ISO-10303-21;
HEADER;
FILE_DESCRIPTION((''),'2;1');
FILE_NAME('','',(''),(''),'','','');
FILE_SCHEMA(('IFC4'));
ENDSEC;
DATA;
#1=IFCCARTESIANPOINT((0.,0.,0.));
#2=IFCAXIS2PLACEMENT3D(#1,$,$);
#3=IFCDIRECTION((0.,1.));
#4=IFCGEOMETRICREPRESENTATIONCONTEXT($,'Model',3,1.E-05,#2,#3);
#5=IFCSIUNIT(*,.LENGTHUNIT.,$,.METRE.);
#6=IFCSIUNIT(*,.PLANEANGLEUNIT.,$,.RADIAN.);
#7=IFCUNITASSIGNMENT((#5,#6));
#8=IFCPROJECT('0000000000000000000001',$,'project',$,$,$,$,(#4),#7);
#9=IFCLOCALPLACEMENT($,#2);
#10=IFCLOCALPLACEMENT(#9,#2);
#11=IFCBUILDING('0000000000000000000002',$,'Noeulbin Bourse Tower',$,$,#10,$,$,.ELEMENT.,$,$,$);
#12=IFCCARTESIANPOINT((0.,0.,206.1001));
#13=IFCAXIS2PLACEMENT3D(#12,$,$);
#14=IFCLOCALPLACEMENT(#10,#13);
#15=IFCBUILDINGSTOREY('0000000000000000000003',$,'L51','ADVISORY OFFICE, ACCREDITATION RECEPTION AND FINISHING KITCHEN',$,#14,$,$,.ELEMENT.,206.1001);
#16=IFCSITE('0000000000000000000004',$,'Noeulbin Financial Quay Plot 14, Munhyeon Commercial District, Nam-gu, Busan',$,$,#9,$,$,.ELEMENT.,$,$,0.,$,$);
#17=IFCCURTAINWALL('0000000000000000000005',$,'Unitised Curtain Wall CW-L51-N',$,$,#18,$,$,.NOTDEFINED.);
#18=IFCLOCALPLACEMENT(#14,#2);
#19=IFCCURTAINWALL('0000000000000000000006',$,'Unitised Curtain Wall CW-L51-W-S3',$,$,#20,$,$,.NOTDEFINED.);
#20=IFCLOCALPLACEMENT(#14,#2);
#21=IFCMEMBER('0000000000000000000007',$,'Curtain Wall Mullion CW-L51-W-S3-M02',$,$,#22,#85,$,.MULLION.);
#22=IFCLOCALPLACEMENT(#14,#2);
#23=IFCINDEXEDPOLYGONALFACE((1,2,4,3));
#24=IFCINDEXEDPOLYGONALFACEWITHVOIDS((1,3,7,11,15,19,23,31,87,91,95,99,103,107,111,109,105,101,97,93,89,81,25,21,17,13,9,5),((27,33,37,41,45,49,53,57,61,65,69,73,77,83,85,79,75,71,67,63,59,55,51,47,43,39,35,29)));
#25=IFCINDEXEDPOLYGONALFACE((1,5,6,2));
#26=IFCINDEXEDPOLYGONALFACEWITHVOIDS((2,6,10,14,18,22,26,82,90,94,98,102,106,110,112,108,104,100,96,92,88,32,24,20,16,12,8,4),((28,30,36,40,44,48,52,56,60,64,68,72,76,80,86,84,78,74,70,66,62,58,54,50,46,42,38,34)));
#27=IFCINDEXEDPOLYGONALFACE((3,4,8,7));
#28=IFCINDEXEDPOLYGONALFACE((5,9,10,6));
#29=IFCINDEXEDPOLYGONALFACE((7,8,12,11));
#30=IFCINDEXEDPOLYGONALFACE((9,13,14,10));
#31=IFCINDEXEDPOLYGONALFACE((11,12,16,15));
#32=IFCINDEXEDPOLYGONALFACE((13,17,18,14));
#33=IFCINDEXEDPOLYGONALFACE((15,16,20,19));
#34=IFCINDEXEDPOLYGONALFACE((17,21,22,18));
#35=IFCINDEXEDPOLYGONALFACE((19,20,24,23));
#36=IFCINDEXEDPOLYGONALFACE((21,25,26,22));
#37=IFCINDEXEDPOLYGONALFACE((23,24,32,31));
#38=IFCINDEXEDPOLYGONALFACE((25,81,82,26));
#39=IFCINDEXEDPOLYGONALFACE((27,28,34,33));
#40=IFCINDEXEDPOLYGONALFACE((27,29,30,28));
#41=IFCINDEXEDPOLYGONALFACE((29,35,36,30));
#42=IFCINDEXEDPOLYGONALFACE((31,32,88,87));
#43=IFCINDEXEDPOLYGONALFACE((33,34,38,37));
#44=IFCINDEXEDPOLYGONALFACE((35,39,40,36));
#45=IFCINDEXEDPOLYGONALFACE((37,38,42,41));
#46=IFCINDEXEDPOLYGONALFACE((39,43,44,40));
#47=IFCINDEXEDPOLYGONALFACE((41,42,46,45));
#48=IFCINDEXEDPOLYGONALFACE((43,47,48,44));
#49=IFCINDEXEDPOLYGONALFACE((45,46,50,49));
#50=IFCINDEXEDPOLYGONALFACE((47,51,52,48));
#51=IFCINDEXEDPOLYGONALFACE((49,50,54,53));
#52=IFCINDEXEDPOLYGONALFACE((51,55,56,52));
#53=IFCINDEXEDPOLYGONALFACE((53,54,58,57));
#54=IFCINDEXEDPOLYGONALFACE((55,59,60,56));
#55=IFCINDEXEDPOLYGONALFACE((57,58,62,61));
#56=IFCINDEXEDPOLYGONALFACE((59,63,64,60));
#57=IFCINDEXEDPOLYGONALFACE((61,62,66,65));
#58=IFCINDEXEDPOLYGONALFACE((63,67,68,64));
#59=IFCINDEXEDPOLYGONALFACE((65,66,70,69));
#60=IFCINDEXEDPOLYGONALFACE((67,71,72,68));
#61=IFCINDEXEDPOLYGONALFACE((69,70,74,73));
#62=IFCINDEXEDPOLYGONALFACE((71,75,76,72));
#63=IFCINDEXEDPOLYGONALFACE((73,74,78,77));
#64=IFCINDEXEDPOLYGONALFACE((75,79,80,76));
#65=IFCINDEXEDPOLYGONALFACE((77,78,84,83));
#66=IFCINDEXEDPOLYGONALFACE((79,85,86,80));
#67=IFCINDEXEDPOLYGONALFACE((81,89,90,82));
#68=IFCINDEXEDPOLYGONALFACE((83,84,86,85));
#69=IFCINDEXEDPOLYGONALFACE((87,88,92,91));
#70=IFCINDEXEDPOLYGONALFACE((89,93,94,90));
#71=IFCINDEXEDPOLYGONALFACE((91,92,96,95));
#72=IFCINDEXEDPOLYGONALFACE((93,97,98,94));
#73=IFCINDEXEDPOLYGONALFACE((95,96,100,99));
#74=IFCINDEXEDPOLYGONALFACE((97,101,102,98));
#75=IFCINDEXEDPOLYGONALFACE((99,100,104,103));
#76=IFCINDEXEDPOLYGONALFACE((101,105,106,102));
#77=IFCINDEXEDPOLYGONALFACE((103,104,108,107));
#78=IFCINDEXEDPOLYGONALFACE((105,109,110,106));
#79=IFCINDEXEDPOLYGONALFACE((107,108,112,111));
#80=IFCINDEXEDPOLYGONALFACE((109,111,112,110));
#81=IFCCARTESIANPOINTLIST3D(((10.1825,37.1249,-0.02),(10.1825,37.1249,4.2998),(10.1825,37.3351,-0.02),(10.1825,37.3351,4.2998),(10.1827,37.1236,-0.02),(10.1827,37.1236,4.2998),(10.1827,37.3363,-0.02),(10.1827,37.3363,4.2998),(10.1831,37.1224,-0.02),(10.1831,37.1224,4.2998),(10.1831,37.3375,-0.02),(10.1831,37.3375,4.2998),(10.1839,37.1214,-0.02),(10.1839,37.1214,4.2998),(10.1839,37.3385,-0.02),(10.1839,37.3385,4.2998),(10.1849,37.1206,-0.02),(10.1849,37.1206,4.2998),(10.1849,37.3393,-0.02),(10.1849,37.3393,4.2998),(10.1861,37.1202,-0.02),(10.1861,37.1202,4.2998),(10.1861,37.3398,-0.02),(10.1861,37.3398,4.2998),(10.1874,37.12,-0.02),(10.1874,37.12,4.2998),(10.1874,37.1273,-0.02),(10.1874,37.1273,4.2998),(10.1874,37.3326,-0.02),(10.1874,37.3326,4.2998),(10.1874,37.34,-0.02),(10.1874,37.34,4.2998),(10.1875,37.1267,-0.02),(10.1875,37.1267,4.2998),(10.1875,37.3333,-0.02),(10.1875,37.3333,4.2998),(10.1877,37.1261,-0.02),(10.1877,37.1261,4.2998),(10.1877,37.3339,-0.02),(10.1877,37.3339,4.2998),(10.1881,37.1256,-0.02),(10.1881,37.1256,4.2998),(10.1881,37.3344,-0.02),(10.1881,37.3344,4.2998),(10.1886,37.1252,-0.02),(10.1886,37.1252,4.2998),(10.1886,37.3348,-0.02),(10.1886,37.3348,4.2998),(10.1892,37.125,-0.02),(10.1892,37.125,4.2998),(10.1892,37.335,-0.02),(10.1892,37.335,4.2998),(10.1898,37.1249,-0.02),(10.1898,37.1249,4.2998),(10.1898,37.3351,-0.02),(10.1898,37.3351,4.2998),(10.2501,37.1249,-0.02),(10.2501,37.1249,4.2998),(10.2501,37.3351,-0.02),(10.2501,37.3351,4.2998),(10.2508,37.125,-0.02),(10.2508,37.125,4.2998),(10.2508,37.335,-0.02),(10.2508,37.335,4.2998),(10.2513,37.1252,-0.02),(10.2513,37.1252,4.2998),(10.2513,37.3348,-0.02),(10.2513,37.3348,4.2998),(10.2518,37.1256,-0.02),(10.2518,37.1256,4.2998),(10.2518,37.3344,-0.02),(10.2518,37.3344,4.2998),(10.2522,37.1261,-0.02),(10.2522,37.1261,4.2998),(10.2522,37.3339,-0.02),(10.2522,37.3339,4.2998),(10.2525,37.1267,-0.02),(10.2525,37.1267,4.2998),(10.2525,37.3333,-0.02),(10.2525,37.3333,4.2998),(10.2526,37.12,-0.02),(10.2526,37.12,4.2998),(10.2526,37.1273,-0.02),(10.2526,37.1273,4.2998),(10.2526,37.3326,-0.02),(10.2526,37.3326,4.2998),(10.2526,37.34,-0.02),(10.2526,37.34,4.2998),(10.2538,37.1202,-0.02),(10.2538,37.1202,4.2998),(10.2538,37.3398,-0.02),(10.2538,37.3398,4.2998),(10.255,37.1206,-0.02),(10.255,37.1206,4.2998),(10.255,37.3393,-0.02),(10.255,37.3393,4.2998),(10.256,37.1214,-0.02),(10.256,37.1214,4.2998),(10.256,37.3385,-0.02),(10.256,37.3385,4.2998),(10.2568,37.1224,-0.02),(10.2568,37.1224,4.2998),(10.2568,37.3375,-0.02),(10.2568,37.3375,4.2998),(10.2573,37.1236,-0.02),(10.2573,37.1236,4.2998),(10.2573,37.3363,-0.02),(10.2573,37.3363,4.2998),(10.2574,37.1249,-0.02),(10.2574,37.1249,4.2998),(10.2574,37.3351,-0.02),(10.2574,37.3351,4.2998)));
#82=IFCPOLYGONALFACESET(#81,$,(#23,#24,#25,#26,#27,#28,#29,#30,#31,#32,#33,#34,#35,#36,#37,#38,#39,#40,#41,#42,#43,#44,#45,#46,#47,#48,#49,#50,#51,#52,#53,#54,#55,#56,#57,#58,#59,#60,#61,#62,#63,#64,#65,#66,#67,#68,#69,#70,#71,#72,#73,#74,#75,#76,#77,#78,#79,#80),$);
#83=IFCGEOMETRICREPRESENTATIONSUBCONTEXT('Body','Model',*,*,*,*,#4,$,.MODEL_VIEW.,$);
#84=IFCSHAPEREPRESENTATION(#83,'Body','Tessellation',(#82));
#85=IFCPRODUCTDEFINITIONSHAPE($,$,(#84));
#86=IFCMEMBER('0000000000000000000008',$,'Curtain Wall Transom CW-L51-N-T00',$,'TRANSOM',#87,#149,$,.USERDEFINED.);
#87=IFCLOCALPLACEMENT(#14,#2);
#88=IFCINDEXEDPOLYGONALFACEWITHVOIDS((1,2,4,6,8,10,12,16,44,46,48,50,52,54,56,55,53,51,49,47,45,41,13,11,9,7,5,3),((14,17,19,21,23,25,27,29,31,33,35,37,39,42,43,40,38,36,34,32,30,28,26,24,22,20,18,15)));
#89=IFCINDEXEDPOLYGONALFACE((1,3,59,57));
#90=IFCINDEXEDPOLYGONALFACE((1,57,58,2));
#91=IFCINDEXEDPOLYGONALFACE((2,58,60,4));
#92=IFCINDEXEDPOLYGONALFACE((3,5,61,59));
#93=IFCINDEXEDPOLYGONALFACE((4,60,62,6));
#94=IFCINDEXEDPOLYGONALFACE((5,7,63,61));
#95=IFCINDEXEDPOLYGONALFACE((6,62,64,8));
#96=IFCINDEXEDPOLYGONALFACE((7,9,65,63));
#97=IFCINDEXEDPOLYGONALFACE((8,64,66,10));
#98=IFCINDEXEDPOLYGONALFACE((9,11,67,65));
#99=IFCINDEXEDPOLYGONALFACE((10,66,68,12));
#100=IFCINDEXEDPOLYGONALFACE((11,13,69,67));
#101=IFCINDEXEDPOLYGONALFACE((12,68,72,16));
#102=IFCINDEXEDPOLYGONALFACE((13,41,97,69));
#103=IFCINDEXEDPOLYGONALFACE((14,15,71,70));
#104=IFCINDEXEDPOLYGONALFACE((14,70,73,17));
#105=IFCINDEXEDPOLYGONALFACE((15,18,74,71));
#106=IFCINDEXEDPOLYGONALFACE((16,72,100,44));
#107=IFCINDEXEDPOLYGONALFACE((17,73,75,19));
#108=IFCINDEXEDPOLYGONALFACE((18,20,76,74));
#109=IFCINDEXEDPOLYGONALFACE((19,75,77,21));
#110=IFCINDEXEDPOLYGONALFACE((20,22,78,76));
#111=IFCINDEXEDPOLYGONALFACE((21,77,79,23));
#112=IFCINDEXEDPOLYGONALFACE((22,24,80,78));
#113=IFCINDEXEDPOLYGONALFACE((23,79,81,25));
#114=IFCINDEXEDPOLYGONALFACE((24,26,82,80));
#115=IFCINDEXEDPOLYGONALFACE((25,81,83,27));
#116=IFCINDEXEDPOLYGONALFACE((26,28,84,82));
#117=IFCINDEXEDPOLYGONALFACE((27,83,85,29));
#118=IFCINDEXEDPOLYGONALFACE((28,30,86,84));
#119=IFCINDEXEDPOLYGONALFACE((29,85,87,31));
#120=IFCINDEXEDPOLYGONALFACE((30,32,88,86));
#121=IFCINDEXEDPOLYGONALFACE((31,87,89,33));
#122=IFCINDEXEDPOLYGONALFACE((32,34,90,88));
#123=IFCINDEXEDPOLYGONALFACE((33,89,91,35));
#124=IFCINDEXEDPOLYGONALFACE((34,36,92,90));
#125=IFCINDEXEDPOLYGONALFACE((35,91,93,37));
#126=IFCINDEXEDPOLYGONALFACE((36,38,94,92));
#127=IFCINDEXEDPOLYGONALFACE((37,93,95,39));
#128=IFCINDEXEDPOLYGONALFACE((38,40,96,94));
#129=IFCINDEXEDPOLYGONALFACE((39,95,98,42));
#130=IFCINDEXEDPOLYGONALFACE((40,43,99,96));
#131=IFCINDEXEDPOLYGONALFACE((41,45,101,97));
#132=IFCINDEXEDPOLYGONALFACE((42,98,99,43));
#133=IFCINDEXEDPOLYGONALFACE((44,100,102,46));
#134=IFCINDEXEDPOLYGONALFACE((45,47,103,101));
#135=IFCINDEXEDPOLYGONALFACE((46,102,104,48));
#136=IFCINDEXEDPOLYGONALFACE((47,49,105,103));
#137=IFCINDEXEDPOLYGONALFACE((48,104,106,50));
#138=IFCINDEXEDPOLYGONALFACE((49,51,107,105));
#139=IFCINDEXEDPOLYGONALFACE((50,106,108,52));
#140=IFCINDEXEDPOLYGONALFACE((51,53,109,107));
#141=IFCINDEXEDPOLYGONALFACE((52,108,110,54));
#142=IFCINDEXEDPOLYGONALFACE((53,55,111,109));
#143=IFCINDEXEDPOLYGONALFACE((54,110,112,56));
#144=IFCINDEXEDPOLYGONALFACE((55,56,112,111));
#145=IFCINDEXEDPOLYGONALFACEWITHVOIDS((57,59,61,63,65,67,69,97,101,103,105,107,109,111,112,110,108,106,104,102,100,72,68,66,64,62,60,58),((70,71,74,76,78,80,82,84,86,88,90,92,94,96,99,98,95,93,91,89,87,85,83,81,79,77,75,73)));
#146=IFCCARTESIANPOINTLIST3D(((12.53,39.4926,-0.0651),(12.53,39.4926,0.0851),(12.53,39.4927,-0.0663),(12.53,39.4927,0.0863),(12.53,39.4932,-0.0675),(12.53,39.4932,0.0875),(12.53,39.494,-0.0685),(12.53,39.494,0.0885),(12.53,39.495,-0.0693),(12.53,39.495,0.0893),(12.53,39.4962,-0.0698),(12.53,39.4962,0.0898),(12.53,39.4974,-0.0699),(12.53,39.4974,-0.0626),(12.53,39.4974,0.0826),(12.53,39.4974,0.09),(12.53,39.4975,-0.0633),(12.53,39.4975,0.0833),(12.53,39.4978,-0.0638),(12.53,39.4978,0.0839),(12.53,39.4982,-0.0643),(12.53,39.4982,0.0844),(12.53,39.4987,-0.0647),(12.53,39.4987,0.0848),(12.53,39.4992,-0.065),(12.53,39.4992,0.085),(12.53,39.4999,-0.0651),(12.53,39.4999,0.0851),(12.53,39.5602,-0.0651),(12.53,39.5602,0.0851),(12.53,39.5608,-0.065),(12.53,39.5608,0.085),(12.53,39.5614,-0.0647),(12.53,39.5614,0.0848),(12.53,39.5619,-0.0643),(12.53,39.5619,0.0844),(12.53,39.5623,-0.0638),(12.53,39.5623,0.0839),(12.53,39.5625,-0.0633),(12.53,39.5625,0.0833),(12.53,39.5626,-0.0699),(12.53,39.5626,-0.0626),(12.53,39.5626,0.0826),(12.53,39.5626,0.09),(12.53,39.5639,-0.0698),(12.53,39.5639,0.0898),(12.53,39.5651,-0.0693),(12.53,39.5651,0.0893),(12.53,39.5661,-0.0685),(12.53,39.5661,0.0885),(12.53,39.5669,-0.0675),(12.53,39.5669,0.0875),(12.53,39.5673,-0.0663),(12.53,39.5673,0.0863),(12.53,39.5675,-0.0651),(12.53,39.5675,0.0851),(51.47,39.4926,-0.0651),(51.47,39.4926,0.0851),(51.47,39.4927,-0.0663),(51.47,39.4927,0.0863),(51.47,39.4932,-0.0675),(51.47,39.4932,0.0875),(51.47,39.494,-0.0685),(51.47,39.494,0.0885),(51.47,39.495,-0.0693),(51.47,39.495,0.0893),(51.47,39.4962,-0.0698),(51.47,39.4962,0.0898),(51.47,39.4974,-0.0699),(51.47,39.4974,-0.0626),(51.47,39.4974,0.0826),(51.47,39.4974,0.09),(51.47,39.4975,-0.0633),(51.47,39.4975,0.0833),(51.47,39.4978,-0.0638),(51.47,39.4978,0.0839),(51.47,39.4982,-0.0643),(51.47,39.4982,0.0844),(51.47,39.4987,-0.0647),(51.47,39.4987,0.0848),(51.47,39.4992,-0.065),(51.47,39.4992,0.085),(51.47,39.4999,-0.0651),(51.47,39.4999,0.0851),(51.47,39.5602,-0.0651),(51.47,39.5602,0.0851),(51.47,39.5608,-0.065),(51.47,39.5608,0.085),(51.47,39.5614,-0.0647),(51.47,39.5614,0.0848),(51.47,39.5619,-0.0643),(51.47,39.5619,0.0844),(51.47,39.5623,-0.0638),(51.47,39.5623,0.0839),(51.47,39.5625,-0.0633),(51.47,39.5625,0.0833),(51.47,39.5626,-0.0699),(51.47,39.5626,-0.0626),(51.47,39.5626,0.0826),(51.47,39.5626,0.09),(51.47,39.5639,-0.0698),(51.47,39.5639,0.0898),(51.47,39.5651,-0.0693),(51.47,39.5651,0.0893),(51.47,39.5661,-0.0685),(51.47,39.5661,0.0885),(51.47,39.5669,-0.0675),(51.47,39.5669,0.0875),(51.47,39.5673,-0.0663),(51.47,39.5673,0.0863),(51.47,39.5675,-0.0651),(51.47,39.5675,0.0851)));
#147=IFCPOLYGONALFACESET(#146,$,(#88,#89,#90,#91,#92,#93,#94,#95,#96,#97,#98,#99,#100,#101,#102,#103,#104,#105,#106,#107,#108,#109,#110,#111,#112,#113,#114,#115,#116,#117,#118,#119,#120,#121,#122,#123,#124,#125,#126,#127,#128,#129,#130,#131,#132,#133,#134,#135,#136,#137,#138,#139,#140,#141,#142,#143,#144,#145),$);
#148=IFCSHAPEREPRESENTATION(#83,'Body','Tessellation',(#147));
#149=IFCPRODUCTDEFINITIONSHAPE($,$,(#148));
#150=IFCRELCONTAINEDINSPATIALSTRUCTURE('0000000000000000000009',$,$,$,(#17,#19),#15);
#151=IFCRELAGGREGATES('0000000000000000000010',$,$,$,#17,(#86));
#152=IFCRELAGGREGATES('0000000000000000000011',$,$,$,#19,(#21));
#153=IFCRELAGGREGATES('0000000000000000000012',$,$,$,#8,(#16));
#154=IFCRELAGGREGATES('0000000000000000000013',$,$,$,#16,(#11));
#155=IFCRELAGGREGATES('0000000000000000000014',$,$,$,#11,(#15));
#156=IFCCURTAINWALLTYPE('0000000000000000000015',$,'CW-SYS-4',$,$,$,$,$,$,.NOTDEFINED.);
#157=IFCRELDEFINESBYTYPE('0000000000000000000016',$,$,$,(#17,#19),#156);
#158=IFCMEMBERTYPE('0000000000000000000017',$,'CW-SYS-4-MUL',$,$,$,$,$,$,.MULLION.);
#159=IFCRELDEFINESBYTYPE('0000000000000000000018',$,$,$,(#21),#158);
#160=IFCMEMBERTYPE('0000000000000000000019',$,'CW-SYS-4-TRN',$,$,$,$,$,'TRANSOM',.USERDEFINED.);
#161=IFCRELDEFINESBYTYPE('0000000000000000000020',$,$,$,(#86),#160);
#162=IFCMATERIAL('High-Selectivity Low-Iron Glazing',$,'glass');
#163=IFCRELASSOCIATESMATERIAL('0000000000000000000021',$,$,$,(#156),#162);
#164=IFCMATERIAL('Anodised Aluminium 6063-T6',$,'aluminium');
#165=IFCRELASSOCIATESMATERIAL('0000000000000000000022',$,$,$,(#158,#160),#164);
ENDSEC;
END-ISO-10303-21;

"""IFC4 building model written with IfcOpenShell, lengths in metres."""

from ifc_helpers import new_model, si_unit, direction, frame, origin, origin_2d, place, context, subcontext, project, spatial, hollow_rectangle, extrude, material, material_profile, profile_set, type_object, element, aggregate, save


model = new_model("IFC4")

# Units and contexts
model_context = context("Model", 3, precision=1e-05, world=origin(), true_north=direction((0.0, 1.0)))
body_context = subcontext(model_context, "Body", "Model", "MODEL_VIEW")
ifc_project = project(units=[si_unit("LENGTHUNIT", "METRE"), si_unit("PLANEANGLEUNIT", "RADIAN")], contexts=[model_context])

# Site, building, storey
site_placement = place(None, origin())
site = spatial("IfcSite", under=ifc_project, at=site_placement, Name="Noeulbin Financial Quay Plot 14, Munhyeon Commercial District, Nam-gu, Busan", CompositionType="ELEMENT", RefElevation=0.0)
building_placement = place(site_placement, origin())
building = spatial("IfcBuilding", under=site, at=building_placement, Name="Noeulbin Bourse Tower", CompositionType="ELEMENT")
storey_placement = place(building_placement, frame((0.0, 0.0, 206.1001)))
storey = spatial("IfcBuildingStorey", under=building, at=storey_placement, Name="L51", Description="ADVISORY OFFICE, ACCREDITATION RECEPTION AND FINISHING KITCHEN", CompositionType="ELEMENT", Elevation=206.1001)

# Curtain wall
ifc_material_1 = material(Name="High-Selectivity Low-Iron Glazing", Category="glass")
curtain_wall_type = type_object("IfcCurtainWallType", Name="CW-SYS-4", PredefinedType="NOTDEFINED", material=ifc_material_1)
curtain_wall_1_placement = place(storey_placement, origin())
curtain_wall_1 = element("IfcCurtainWall", 1, at=curtain_wall_1_placement, inside=storey, type_object=curtain_wall_type, Name="Unitised Curtain Wall CW-L51-N", PredefinedType="NOTDEFINED")
ifc_material_2 = material(Name="Anodised Aluminium 6063-T6", Category="aluminium")
ifc_material_profile_1 = material_profile(ifc_material_2, hollow_rectangle(XDim=0.075, YDim=0.22, WallThickness=0.0049, InnerFilletRadius=0.0024, OuterFilletRadius=0.0049, at=origin_2d()), Name="ALU-MULL-75x220x5", Category="LoadBearing")
ifc_profile_set_1 = profile_set([ifc_material_profile_1], Name="Anodised Aluminium 6063-T6")
member_type_1 = type_object("IfcMemberType", Name="CW-SYS-4-MUL", PredefinedType="MULLION", material=ifc_profile_set_1)

# Curtain wall, member
curtain_wall_2_placement = place(storey_placement, origin())
curtain_wall_2 = element("IfcCurtainWall", 2, at=curtain_wall_2_placement, inside=storey, type_object=curtain_wall_type, Name="Unitised Curtain Wall CW-L51-W-S3", PredefinedType="NOTDEFINED")
member_1_placement = place(storey_placement, frame((10.22, 37.23, -0.02), z_axis=(0.0, 0.0, 1.0), x_axis=(1.0, 0.0, 0.0)))
member_1 = element("IfcMember", 3, at=member_1_placement, type_object=member_type_1, Name="Curtain Wall Mullion CW-L51-W-S3-M02", PredefinedType="MULLION", context=body_context, shape_type="SweptSolid", body=[
    extrude(hollow_rectangle(XDim=0.075, YDim=0.22, WallThickness=0.0049, InnerFilletRadius=0.0024, OuterFilletRadius=0.0049, at=origin_2d()), origin(), (0.0, 0.0, 1.0), 4.3198),
])

# Member
ifc_material_profile_2 = material_profile(ifc_material_2, hollow_rectangle(XDim=0.075, YDim=0.1599, WallThickness=0.0049, InnerFilletRadius=0.0024, OuterFilletRadius=0.0049, at=origin_2d()), Name="ALU-TRAN-75x160x5", Category="LoadBearing")
ifc_profile_set_2 = profile_set([ifc_material_profile_2], Name="Anodised Aluminium 6063-T6")
member_type_2 = type_object("IfcMemberType", Name="CW-SYS-4-TRN", ElementType="TRANSOM", PredefinedType="USERDEFINED", material=ifc_profile_set_2)
member_2_placement = place(storey_placement, frame((12.53, 39.53, 0.01), z_axis=(1.0, 0.0, 0.0), x_axis=(0.0, 1.0, 0.0)))
member_2 = element("IfcMember", 4, at=member_2_placement, type_object=member_type_2, Name="Curtain Wall Transom CW-L51-N-T00", ObjectType="TRANSOM", PredefinedType="USERDEFINED", context=body_context, shape_type="SweptSolid", body=[
    extrude(hollow_rectangle(XDim=0.075, YDim=0.1599, WallThickness=0.0049, InnerFilletRadius=0.0024, OuterFilletRadius=0.0049, at=origin_2d()), origin(), (0.0, 0.0, 1.0), 38.9399),
])

aggregate(curtain_wall_1, [member_2])
aggregate(curtain_wall_2, [member_1])

save(model, "model.ifc")
